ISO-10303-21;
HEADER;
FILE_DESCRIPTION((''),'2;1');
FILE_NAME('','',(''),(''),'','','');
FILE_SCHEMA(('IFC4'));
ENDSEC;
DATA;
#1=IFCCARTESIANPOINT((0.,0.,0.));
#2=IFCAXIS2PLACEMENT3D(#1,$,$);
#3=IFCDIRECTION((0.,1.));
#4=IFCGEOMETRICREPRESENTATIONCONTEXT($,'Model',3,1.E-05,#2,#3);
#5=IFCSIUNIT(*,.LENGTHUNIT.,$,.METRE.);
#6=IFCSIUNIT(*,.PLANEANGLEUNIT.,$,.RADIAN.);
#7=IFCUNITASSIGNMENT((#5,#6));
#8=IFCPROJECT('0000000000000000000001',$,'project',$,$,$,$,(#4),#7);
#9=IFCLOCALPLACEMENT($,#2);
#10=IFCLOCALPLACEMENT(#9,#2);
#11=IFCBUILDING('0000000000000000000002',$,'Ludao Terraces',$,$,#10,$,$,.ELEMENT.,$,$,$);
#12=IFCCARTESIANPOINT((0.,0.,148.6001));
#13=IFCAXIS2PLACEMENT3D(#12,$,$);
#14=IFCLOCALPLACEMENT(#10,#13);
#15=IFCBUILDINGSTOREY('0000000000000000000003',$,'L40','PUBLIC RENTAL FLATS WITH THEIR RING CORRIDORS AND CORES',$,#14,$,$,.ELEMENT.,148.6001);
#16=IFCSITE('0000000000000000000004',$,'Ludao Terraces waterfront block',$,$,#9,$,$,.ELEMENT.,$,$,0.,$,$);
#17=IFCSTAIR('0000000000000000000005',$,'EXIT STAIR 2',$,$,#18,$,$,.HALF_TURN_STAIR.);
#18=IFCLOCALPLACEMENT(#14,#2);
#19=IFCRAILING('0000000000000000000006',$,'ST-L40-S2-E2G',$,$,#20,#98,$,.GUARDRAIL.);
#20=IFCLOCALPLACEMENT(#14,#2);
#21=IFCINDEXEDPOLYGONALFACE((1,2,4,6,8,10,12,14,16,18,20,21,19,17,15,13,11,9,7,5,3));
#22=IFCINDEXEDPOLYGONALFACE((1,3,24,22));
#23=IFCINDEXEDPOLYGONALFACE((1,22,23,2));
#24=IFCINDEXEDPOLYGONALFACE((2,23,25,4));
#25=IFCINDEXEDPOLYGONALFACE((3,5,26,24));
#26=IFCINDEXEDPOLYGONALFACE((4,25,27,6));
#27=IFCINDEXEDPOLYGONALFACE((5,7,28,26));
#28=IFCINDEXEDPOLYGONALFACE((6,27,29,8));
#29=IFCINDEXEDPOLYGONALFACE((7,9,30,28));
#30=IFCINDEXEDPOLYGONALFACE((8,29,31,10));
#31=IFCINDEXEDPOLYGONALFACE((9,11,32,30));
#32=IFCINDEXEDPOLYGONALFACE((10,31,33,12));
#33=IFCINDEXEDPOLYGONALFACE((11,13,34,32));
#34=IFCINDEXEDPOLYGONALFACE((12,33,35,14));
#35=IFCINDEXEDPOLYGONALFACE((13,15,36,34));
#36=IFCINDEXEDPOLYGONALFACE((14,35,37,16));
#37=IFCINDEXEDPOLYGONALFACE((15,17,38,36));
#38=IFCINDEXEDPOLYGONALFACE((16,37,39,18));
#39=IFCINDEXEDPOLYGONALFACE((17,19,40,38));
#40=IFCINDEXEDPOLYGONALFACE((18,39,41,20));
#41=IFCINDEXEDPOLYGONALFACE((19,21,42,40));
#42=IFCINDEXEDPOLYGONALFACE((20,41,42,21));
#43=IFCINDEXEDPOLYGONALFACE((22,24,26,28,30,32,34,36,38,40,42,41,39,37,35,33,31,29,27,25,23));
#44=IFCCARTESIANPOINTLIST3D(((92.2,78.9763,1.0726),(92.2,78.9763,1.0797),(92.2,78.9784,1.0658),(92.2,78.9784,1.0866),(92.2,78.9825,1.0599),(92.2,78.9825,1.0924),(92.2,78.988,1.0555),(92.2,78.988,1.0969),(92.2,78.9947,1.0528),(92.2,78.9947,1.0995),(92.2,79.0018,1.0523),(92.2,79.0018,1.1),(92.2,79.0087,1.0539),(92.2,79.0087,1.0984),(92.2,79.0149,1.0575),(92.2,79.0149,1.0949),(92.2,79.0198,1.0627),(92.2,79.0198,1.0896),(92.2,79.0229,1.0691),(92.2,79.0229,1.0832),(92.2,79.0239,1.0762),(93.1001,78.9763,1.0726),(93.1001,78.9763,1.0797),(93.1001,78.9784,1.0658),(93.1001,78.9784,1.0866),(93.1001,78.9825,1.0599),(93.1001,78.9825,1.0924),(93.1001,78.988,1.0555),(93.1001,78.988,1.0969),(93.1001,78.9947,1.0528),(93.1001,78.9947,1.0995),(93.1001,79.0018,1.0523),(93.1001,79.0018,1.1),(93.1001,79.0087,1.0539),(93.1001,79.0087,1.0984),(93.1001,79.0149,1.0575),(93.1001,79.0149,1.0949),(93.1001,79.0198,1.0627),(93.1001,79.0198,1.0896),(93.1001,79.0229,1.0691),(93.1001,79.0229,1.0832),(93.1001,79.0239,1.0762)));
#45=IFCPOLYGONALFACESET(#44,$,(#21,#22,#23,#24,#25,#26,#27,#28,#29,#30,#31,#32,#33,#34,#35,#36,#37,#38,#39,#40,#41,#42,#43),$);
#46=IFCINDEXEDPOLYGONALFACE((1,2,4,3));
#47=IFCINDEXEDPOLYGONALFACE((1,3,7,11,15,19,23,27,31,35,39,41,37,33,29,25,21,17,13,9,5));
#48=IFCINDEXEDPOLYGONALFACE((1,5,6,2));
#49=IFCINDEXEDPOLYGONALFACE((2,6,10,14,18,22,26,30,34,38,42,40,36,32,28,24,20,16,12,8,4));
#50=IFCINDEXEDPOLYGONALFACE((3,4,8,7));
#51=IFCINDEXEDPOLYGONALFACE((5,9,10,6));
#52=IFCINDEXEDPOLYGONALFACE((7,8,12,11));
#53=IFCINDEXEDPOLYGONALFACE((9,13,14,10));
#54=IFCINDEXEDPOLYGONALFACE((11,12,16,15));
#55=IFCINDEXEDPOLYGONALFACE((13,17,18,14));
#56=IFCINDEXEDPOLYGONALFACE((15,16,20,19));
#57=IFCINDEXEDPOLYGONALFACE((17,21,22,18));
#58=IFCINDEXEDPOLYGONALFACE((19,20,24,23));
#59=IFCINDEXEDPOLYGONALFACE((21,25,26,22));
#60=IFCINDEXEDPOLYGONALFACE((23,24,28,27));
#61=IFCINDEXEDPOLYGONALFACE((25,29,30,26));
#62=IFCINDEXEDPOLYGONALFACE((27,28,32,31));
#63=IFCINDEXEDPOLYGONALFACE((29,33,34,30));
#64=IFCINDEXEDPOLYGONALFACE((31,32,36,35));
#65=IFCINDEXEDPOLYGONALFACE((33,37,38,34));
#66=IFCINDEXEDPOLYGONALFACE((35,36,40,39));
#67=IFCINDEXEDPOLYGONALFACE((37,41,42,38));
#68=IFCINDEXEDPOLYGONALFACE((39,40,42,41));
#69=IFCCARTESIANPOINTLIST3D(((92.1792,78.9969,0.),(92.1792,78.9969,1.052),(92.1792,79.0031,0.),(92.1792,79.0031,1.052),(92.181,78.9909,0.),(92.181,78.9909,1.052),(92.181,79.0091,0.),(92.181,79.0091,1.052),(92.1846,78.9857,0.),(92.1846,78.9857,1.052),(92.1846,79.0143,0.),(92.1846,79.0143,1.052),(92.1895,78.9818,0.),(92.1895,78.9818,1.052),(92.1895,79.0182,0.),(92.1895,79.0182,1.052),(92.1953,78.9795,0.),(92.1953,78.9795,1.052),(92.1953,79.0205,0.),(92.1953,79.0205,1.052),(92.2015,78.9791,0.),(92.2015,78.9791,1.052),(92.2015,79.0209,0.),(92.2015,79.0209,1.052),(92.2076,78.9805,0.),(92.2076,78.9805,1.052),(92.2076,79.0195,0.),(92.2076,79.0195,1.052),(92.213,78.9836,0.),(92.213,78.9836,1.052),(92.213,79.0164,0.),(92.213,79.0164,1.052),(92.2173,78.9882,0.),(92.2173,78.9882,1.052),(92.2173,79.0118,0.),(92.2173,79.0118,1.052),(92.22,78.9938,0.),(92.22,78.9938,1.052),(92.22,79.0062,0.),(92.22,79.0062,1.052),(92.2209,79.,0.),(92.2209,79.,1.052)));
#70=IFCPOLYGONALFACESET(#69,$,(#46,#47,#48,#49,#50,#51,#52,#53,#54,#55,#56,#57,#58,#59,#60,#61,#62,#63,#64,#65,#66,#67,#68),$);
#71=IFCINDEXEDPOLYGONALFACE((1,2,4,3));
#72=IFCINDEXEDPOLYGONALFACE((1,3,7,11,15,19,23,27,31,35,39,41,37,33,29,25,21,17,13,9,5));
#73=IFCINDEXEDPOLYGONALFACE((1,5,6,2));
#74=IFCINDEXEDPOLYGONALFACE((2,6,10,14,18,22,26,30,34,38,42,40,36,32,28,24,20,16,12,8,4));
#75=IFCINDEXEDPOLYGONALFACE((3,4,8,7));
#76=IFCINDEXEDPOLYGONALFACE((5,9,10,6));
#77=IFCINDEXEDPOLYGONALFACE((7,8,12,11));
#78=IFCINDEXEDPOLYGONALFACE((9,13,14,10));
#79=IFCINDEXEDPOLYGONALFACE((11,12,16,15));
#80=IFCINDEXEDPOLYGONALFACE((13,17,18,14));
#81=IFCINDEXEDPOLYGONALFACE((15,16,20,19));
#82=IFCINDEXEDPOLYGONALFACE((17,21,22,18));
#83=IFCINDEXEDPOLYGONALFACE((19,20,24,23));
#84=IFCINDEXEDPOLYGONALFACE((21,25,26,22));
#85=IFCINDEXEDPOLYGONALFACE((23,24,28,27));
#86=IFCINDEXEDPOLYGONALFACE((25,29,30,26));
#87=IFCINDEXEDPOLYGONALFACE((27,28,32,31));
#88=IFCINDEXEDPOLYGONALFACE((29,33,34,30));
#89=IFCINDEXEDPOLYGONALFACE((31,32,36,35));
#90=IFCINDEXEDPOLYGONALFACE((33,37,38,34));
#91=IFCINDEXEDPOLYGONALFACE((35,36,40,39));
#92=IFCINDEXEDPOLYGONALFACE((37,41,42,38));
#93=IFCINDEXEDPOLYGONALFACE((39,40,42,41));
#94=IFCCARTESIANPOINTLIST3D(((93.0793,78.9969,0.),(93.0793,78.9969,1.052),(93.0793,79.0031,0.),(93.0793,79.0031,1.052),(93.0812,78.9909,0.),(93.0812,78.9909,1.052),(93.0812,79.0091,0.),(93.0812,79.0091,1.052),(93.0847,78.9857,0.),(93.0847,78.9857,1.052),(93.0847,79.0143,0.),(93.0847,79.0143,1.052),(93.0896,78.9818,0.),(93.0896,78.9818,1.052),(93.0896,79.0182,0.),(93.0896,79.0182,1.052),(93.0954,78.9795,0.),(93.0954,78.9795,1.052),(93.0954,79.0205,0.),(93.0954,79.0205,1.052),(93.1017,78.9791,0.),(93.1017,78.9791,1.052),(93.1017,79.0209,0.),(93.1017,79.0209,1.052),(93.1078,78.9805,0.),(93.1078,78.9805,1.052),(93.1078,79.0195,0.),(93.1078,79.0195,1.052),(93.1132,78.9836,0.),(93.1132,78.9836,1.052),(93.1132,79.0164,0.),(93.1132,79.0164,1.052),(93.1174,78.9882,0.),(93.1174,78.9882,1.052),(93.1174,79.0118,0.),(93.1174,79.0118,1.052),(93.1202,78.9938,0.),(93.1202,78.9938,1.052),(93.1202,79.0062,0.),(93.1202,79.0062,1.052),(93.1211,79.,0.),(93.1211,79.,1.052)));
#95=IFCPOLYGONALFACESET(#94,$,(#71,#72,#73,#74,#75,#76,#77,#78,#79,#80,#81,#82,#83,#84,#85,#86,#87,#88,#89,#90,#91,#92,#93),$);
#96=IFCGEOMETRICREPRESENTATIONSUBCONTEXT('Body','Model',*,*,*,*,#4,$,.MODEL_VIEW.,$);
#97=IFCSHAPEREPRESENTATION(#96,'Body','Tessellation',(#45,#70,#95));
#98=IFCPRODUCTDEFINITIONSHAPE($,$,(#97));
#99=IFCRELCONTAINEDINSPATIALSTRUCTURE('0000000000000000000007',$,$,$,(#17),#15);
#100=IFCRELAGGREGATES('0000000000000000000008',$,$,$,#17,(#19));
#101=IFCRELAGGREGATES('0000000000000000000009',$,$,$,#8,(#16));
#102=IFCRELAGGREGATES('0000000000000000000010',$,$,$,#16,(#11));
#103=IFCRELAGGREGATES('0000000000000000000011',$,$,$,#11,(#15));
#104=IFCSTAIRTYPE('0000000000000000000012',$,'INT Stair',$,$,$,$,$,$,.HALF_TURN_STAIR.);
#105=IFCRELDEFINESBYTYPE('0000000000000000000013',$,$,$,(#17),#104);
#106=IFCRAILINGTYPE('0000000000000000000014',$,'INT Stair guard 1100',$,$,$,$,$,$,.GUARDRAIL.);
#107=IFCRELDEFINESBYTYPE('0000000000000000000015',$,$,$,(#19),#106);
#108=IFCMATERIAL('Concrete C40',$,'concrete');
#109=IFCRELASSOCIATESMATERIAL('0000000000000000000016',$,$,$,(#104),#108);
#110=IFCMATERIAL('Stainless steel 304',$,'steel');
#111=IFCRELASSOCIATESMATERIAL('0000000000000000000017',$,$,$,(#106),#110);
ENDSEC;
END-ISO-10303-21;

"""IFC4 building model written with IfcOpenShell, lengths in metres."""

from ifc_helpers import new_model, si_unit, direction, frame, origin, origin_2d, place, context, subcontext, project, spatial, circle, extrude, material, type_object, element, aggregate, save


model = new_model("IFC4")

# Units and contexts
model_context = context("Model", 3, precision=1e-05, world=origin(), true_north=direction((0.0, 1.0)))
body_context = subcontext(model_context, "Body", "Model", "MODEL_VIEW")
ifc_project = project(units=[si_unit("LENGTHUNIT", "METRE"), si_unit("PLANEANGLEUNIT", "RADIAN")], contexts=[model_context])

# Site, building, storey
site_placement = place(None, origin())
site = spatial("IfcSite", under=ifc_project, at=site_placement, Name="Ludao Terraces waterfront block", CompositionType="ELEMENT", RefElevation=0.0)
building_placement = place(site_placement, origin())
building = spatial("IfcBuilding", under=site, at=building_placement, Name="Ludao Terraces", CompositionType="ELEMENT")
storey_placement = place(building_placement, frame((0.0, 0.0, 148.6001)))
storey = spatial("IfcBuildingStorey", under=building, at=storey_placement, Name="L40", Description="PUBLIC RENTAL FLATS WITH THEIR RING CORRIDORS AND CORES", CompositionType="ELEMENT", Elevation=148.6001)

# Shared definitions
ifc_material_1 = material(Name="Concrete C40", Category="concrete")

# Shared definitions
ifc_material_2 = material(Name="Stainless steel 304", Category="steel")

# Stair, railing
stair_type = type_object("IfcStairType", Name="INT Stair", PredefinedType="HALF_TURN_STAIR", material=ifc_material_1)
stair_placement = place(storey_placement, origin())
stair = element("IfcStair", 1, at=stair_placement, inside=storey, type_object=stair_type, Name="EXIT STAIR 2", PredefinedType="HALF_TURN_STAIR")
railing_type_1 = type_object("IfcRailingType", Name="INT Stair guard 1100", PredefinedType="GUARDRAIL", material=ifc_material_2)
railing_1_placement = place(storey_placement, frame((92.2, 79.0, 0.0)))
railing_1 = element("IfcRailing", 2, at=railing_1_placement, type_object=railing_type_1, Name="ST-L40-S2-E2G", PredefinedType="GUARDRAIL", context=body_context, shape_type="SweptSolid", body=[
    extrude(circle(Radius=0.0239, at=origin_2d()), frame((0.0, 0.0, 1.0762), z_axis=(1.0, 0.0, 0.0), x_axis=(0.0, 1.0, 0.0)), (0.0, 0.0, 1.0), 0.9001),
    extrude(circle(Radius=0.021, at=origin_2d()), origin(), (0.0, 0.0, 1.0), 1.052),
    extrude(circle(Radius=0.021, at=origin_2d()), frame((0.9001, 0.0, 0.0)), (0.0, 0.0, 1.0), 1.052),
])
aggregate(stair, [railing_1])

save(model, "model.ifc")
